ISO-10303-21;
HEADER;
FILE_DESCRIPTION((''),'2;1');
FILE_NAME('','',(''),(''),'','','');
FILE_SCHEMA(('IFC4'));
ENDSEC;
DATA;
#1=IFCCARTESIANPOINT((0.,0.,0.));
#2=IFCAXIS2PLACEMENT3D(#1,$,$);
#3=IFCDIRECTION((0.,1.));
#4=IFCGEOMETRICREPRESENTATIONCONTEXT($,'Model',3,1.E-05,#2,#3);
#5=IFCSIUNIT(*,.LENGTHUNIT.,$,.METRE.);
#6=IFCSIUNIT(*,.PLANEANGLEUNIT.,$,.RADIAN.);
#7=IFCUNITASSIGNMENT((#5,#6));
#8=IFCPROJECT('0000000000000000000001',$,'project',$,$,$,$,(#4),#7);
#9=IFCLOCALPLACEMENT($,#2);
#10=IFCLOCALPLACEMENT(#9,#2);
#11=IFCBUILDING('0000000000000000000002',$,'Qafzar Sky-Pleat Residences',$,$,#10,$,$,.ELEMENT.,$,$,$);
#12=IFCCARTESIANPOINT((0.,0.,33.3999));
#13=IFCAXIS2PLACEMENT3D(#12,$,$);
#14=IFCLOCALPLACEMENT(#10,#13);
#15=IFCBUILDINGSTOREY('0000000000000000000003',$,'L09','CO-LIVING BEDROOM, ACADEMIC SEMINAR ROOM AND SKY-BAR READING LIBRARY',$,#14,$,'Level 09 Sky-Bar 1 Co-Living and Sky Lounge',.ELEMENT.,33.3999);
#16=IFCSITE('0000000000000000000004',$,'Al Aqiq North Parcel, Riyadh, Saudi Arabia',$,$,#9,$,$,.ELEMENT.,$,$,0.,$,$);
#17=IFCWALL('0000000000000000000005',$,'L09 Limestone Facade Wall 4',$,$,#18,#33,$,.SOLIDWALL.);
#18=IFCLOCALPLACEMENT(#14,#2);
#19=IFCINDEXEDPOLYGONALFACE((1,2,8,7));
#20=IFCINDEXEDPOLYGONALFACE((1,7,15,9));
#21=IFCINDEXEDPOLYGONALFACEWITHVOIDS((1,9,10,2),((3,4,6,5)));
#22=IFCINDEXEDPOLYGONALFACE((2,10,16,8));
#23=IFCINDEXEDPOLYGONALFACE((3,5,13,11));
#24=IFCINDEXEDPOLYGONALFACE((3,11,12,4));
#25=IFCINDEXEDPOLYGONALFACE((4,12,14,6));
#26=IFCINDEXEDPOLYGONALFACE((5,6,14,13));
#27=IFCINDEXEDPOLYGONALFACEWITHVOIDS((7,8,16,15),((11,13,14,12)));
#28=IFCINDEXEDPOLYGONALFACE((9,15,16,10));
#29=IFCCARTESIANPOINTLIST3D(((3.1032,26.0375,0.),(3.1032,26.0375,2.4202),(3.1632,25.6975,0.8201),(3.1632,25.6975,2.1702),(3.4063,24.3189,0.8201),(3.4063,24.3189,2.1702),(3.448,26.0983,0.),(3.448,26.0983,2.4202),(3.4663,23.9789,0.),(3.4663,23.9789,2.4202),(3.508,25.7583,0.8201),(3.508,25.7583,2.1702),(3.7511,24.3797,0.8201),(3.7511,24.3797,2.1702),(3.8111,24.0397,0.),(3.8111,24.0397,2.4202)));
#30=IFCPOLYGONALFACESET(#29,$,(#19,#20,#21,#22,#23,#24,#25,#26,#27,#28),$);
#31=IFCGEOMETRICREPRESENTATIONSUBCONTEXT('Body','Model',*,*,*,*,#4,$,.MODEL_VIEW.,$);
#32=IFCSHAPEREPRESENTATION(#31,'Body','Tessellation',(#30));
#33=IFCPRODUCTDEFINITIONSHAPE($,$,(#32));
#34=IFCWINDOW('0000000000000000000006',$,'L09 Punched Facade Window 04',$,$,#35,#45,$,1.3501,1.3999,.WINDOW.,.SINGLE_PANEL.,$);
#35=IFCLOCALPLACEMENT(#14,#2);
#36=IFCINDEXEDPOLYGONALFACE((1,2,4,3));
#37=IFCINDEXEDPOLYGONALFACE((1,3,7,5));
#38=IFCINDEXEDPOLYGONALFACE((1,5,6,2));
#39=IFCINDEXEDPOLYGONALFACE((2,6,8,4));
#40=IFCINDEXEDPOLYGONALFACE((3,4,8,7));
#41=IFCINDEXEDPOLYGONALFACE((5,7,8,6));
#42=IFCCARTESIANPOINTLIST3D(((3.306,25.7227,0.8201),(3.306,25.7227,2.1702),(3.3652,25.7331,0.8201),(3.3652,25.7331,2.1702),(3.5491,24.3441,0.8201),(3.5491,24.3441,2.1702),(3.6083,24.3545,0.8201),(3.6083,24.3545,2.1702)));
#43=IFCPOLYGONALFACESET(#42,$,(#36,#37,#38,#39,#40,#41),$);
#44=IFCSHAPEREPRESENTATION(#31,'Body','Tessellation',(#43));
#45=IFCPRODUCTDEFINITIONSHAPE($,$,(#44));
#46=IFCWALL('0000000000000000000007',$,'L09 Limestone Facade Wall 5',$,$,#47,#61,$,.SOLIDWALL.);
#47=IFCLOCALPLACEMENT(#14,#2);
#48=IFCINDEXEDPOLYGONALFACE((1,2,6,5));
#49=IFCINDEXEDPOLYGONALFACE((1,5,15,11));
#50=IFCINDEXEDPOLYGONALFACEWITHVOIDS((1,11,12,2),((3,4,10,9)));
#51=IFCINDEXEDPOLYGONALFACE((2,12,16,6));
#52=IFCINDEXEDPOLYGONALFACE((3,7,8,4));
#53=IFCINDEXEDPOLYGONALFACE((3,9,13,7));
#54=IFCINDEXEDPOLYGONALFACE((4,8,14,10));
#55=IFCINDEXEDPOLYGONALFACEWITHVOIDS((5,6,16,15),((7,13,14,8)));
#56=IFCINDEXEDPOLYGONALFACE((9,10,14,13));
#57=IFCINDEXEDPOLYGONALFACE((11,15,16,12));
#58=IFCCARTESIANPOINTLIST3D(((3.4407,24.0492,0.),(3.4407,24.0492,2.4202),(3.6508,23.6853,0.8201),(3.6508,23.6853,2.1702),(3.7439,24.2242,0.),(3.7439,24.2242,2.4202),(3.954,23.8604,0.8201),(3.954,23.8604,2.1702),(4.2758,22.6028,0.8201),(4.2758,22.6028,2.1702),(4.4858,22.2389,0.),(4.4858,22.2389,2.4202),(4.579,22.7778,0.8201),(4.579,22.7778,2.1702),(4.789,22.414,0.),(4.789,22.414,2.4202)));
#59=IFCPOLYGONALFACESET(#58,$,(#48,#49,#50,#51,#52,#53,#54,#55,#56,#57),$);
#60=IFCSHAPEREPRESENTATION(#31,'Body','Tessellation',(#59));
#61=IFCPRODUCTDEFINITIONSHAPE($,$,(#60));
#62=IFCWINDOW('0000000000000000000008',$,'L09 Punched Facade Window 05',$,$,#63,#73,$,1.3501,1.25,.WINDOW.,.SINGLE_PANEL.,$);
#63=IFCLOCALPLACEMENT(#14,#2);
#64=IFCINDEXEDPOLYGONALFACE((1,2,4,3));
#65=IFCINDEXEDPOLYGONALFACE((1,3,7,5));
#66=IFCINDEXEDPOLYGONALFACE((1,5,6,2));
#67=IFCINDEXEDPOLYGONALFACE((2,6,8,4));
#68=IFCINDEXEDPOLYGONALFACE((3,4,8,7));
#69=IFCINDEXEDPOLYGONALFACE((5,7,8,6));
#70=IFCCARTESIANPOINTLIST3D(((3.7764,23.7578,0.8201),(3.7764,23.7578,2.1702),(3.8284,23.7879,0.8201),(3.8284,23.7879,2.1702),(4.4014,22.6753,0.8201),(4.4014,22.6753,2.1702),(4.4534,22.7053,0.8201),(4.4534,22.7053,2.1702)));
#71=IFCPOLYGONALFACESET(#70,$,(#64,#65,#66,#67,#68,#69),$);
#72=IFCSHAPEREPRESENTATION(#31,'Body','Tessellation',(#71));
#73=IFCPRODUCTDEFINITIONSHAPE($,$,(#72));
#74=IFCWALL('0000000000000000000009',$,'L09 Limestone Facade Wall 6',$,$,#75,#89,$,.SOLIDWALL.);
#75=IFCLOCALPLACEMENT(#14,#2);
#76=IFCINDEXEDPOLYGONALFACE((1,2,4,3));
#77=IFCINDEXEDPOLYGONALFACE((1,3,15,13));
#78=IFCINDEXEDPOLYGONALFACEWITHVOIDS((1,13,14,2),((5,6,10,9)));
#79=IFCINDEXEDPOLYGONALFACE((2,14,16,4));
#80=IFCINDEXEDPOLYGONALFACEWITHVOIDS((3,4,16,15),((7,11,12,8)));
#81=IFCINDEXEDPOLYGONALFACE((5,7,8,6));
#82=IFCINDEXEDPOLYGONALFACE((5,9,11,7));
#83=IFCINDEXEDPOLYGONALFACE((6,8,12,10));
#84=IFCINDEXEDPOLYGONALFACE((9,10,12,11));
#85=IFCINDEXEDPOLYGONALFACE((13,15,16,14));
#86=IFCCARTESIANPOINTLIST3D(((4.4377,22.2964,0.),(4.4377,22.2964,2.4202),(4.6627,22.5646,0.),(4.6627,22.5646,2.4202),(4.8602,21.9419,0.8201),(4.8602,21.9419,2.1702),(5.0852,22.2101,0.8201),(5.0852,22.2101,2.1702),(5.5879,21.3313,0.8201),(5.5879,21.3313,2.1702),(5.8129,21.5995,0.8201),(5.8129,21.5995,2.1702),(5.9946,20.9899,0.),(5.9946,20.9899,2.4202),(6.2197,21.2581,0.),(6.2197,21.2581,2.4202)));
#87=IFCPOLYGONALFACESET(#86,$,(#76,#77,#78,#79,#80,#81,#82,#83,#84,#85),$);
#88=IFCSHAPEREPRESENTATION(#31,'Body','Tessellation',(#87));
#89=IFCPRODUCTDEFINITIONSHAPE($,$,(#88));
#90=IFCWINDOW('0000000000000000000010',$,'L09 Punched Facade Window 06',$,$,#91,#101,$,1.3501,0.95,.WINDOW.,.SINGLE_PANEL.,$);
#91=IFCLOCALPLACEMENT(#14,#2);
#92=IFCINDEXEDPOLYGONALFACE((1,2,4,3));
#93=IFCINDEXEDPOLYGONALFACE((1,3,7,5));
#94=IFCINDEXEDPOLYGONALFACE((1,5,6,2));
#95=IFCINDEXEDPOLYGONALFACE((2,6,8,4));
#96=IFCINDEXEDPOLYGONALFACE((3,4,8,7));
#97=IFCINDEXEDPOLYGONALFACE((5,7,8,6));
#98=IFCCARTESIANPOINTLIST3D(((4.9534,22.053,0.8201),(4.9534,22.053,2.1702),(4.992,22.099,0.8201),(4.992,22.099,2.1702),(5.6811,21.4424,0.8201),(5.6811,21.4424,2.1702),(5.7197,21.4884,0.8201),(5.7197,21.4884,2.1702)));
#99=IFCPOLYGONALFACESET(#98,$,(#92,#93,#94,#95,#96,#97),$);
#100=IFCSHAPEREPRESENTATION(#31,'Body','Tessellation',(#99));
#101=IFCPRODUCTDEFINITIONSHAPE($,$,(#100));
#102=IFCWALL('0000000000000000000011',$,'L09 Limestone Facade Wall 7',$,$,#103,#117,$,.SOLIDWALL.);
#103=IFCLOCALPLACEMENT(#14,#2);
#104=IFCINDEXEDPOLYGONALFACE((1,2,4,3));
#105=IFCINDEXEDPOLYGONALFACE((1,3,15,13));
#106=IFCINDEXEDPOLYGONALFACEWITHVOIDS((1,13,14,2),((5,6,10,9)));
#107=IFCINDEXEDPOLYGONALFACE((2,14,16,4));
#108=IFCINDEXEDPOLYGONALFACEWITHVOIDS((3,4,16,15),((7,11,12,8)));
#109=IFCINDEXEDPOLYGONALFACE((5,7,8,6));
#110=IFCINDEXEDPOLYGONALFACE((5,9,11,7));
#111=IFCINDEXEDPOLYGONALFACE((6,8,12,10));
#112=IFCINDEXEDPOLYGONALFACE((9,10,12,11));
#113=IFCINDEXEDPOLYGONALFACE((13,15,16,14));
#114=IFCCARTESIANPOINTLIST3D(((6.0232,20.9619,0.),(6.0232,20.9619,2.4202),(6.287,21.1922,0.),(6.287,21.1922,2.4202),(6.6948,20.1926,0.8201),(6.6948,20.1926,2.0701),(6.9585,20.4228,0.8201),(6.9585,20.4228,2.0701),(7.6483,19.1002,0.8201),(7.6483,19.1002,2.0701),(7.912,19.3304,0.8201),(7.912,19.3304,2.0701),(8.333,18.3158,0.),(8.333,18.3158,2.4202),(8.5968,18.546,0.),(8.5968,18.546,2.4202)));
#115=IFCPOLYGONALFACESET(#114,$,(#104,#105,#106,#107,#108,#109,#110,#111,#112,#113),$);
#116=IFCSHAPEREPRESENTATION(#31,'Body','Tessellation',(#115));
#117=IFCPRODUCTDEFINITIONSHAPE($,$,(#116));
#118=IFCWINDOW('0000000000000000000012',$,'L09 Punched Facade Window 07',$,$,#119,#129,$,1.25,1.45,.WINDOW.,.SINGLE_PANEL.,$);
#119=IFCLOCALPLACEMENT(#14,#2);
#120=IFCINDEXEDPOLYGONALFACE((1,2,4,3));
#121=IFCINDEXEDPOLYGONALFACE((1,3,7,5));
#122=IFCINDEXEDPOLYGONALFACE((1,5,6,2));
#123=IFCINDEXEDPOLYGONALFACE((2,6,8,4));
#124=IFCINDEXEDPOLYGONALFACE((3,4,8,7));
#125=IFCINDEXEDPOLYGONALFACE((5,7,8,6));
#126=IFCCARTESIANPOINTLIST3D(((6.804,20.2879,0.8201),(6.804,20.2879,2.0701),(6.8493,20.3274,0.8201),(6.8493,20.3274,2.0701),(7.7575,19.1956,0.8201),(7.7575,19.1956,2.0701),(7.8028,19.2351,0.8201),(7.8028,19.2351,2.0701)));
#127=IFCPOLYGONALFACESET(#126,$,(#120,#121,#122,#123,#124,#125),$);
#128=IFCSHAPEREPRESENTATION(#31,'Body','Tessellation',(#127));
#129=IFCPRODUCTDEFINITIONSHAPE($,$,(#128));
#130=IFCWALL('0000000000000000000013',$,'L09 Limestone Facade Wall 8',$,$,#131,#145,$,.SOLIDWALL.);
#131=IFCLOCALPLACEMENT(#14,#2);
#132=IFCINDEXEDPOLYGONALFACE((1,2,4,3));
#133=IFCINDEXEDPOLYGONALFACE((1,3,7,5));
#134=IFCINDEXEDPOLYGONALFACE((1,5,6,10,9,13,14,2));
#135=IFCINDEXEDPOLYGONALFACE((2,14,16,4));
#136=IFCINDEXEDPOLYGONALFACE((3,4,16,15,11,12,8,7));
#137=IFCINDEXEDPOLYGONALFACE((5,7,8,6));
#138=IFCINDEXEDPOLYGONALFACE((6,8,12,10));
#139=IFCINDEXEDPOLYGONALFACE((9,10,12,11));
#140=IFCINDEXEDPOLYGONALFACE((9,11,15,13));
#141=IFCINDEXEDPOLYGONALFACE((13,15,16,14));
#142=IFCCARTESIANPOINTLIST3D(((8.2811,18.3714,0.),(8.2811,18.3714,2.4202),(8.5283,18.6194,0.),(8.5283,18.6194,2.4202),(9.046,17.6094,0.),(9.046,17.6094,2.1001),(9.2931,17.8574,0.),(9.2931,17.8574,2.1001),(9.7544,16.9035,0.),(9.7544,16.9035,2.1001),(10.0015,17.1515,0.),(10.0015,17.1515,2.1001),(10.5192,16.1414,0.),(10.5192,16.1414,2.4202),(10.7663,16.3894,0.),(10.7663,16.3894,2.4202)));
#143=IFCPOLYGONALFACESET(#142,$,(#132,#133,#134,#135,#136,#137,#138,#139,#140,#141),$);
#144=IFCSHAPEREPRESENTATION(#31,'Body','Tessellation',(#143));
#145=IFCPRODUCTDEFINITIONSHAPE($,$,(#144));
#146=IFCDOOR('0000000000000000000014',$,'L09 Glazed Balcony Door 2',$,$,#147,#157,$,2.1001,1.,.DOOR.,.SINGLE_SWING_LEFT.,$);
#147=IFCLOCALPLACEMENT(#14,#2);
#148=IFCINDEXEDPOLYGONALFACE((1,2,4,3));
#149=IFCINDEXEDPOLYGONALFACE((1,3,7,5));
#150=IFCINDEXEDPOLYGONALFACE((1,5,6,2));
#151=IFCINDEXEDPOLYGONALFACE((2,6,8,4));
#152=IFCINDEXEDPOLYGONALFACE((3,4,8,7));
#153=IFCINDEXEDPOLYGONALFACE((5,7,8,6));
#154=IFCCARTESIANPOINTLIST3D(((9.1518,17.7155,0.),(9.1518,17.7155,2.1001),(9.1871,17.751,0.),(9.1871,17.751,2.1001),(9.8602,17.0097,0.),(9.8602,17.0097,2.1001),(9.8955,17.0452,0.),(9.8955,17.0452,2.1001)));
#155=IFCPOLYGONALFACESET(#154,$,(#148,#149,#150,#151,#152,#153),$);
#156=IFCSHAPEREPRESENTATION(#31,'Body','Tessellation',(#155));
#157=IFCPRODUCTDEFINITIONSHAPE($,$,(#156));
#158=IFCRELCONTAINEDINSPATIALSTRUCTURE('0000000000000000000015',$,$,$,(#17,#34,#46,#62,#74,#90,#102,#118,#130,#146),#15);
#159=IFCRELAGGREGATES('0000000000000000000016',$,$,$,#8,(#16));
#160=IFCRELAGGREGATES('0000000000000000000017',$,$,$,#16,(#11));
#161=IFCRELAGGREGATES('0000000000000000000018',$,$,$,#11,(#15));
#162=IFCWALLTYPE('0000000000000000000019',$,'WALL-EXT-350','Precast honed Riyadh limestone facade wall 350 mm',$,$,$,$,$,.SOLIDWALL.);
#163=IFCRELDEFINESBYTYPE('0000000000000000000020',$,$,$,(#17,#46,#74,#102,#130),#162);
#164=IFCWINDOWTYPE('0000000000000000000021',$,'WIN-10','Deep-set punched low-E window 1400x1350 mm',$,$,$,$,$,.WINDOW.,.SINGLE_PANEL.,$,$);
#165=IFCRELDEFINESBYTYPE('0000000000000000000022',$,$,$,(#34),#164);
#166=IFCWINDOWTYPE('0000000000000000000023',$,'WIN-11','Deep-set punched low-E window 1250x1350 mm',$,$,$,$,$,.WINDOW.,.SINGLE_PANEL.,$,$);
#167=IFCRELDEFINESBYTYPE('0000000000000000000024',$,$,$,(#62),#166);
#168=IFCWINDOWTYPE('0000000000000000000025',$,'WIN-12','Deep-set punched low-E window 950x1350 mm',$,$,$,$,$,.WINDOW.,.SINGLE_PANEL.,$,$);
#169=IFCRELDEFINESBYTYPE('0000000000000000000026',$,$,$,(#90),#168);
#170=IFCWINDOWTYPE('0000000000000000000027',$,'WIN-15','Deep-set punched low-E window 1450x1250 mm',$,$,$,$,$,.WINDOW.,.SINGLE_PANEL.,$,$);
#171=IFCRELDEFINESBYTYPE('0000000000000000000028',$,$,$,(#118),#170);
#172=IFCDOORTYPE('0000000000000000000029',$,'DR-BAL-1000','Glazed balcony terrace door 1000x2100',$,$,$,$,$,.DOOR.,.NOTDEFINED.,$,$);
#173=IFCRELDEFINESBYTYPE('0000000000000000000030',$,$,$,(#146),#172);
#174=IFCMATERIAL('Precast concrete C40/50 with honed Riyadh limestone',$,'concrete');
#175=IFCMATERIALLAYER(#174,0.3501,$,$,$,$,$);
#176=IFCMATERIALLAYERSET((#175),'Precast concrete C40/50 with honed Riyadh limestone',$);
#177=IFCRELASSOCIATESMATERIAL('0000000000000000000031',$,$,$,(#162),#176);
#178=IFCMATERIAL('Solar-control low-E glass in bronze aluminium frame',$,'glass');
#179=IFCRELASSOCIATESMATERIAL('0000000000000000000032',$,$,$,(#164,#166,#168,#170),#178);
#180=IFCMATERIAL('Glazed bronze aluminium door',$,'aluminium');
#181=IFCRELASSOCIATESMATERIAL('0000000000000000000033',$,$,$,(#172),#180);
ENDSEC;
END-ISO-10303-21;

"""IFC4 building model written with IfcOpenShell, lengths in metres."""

from ifc_helpers import new_model, si_unit, direction, frame, frame_2d, origin, place, context, subcontext, project, spatial, rectangle, extrude, source, transform, mapped, material, layer, layer_set, type_object, element, fill, save


model = new_model("IFC4")

# Units and contexts
model_context = context("Model", 3, precision=1e-05, world=origin(), true_north=direction((0.0, 1.0)))
body_context = subcontext(model_context, "Body", "Model", "MODEL_VIEW")
ifc_project = project(units=[si_unit("LENGTHUNIT", "METRE"), si_unit("PLANEANGLEUNIT", "RADIAN")], contexts=[model_context])

# Site, building, storey
site_placement = place(None, origin())
site = spatial("IfcSite", under=ifc_project, at=site_placement, Name="Al Aqiq North Parcel, Riyadh, Saudi Arabia", CompositionType="ELEMENT", RefElevation=0.0)
building_placement = place(site_placement, origin())
building = spatial("IfcBuilding", under=site, at=building_placement, Name="Qafzar Sky-Pleat Residences", CompositionType="ELEMENT")
storey_placement = place(building_placement, frame((0.0, 0.0, 33.3999)))
storey = spatial("IfcBuildingStorey", under=building, at=storey_placement, Name="L09", Description="CO-LIVING BEDROOM, ACADEMIC SEMINAR ROOM AND SKY-BAR READING LIBRARY", LongName="Level 09 Sky-Bar 1 Co-Living and Sky Lounge", CompositionType="ELEMENT", Elevation=33.3999)

# Walls, openings, windows
ifc_material_1 = material(Name="Precast concrete C40/50 with honed Riyadh limestone", Category="concrete")
ifc_layer_1 = layer(ifc_material_1, 0.3501)
ifc_layer_set_1 = layer_set([ifc_layer_1], Name="Precast concrete C40/50 with honed Riyadh limestone")
wall_type_1 = type_object("IfcWallType", Name="WALL-EXT-350", Description="Precast honed Riyadh limestone facade wall 350 mm", PredefinedType="SOLIDWALL", material=ifc_layer_set_1)
wall_1_placement = place(storey_placement, frame((3.2756, 26.0679, 0.0), z_axis=(0.0, 0.0, 1.0), x_axis=(0.173672, -0.984804, 0.0)))
wall_1 = element("IfcWall", 1, at=wall_1_placement, inside=storey, type_object=wall_type_1, Name="L09 Limestone Facade Wall 4", PredefinedType="SOLIDWALL", context=body_context, shape_type="SweptSolid", body=[
    extrude(rectangle(XDim=2.0903, YDim=0.3501, at=frame_2d((1.0452, 0.0))), origin(), (0.0, 0.0, 1.0), 2.4202),
])
opening_1_placement = place(wall_1_placement, frame((0.3452, 0.0, 0.8201)))
opening_1 = element("IfcOpeningElement", 2, at=opening_1_placement, cuts=wall_1, PredefinedType="OPENING", context=body_context, shape_type="SweptSolid", body=[
    extrude(rectangle(XDim=1.3999, YDim=1.3501, at=frame_2d((0.7, 0.675))), frame((0.0, 0.1851, 0.0), z_axis=(0.0, -1.0, 0.0), x_axis=(1.0, 0.0, 0.0)), (0.0, 0.0, 1.0), 0.3701),
])
ifc_material_2 = material(Name="Solar-control low-E glass in bronze aluminium frame", Category="glass")
window_type_1 = type_object("IfcWindowType", Name="WIN-10", Description="Deep-set punched low-E window 1400x1350 mm", PartitioningType="SINGLE_PANEL", PredefinedType="WINDOW", material=ifc_material_2)
shared_shape_1 = source(origin(), body_context, "Body", "SweptSolid", [
    extrude(rectangle(XDim=1.3999, YDim=1.3501, at=frame_2d((0.7, 0.675))), frame((0.0, 0.03, 0.0), z_axis=(0.0, -1.0, 0.0), x_axis=(1.0, 0.0, 0.0)), (0.0, 0.0, 1.0), 0.0601),
])
window_1_placement = place(opening_1_placement, origin())
window_1 = element("IfcWindow", 3, at=window_1_placement, inside=storey, type_object=window_type_1, Name="L09 Punched Facade Window 04", OverallHeight=1.3501, OverallWidth=1.3999, PartitioningType="SINGLE_PANEL", PredefinedType="WINDOW", context=body_context, shape_type="MappedRepresentation", body=[
    mapped(shared_shape_1, transform((0.0, 0.0, 0.0), x_axis=(1.0, 0.0, 0.0), y_axis=(0.0, 1.0, 0.0), z_axis=(0.0, 0.0, 1.0), scale=1.0)),
])
fill(opening_1, window_1)
wall_2_placement = place(storey_placement, frame((3.5923, 24.1367, 0.0), z_axis=(0.0, 0.0, 1.0), x_axis=(0.499995, -0.866028, 0.0)))
wall_2 = element("IfcWall", 4, at=wall_2_placement, inside=storey, type_object=wall_type_1, Name="L09 Limestone Facade Wall 5", PredefinedType="SOLIDWALL", context=body_context, shape_type="SweptSolid", body=[
    extrude(rectangle(XDim=2.0903, YDim=0.3501, at=frame_2d((1.0452, 0.0))), origin(), (0.0, 0.0, 1.0), 2.4202),
])
opening_2_placement = place(wall_2_placement, frame((0.4202, 0.0, 0.8201)))
opening_2 = element("IfcOpeningElement", 5, at=opening_2_placement, cuts=wall_2, PredefinedType="OPENING", context=body_context, shape_type="SweptSolid", body=[
    extrude(rectangle(XDim=1.25, YDim=1.3501, at=frame_2d((0.625, 0.675))), frame((0.0, 0.1851, 0.0), z_axis=(0.0, -1.0, 0.0), x_axis=(1.0, 0.0, 0.0)), (0.0, 0.0, 1.0), 0.3701),
])
window_type_2 = type_object("IfcWindowType", Name="WIN-11", Description="Deep-set punched low-E window 1250x1350 mm", PartitioningType="SINGLE_PANEL", PredefinedType="WINDOW", material=ifc_material_2)
shared_shape_2 = source(origin(), body_context, "Body", "SweptSolid", [
    extrude(rectangle(XDim=1.25, YDim=1.3501, at=frame_2d((0.625, 0.675))), frame((0.0, 0.03, 0.0), z_axis=(0.0, -1.0, 0.0), x_axis=(1.0, 0.0, 0.0)), (0.0, 0.0, 1.0), 0.0601),
])
window_2_placement = place(opening_2_placement, origin())
window_2 = element("IfcWindow", 6, at=window_2_placement, inside=storey, type_object=window_type_2, Name="L09 Punched Facade Window 05", OverallHeight=1.3501, OverallWidth=1.25, PartitioningType="SINGLE_PANEL", PredefinedType="WINDOW", context=body_context, shape_type="MappedRepresentation", body=[
    mapped(shared_shape_2, transform((0.0, 0.0, 0.0), x_axis=(1.0, 0.0, 0.0), y_axis=(0.0, 1.0, 0.0), z_axis=(0.0, 0.0, 1.0), scale=1.0)),
])
fill(opening_2, window_2)
wall_3_placement = place(storey_placement, frame((4.5503, 22.4304, 0.0), z_axis=(0.0, 0.0, 1.0), x_axis=(0.766041, -0.642792, 0.0)))
wall_3 = element("IfcWall", 7, at=wall_3_placement, inside=storey, type_object=wall_type_1, Name="L09 Limestone Facade Wall 6", PredefinedType="SOLIDWALL", context=body_context, shape_type="SweptSolid", body=[
    extrude(rectangle(XDim=2.0325, YDim=0.3501, at=frame_2d((1.0161, 0.0))), origin(), (0.0, 0.0, 1.0), 2.4202),
])
opening_3_placement = place(wall_3_placement, frame((0.5513, 0.0, 0.8201)))
opening_3 = element("IfcOpeningElement", 8, at=opening_3_placement, cuts=wall_3, PredefinedType="OPENING", context=body_context, shape_type="SweptSolid", body=[
    extrude(rectangle(XDim=0.95, YDim=1.3501, at=frame_2d((0.4751, 0.675))), frame((0.0, 0.1851, 0.0), z_axis=(0.0, -1.0, 0.0), x_axis=(1.0, 0.0, 0.0)), (0.0, 0.0, 1.0), 0.3701),
])
window_type_3 = type_object("IfcWindowType", Name="WIN-12", Description="Deep-set punched low-E window 950x1350 mm", PartitioningType="SINGLE_PANEL", PredefinedType="WINDOW", material=ifc_material_2)
shared_shape_3 = source(origin(), body_context, "Body", "SweptSolid", [
    extrude(rectangle(XDim=0.95, YDim=1.3501, at=frame_2d((0.4751, 0.675))), frame((0.0, 0.03, 0.0), z_axis=(0.0, -1.0, 0.0), x_axis=(1.0, 0.0, 0.0)), (0.0, 0.0, 1.0), 0.0601),
])
window_3_placement = place(opening_3_placement, origin())
window_3 = element("IfcWindow", 9, at=window_3_placement, inside=storey, type_object=window_type_3, Name="L09 Punched Facade Window 06", OverallHeight=1.3501, OverallWidth=0.95, PartitioningType="SINGLE_PANEL", PredefinedType="WINDOW", context=body_context, shape_type="MappedRepresentation", body=[
    mapped(shared_shape_3, transform((0.0, 0.0, 0.0), x_axis=(1.0, 0.0, 0.0), y_axis=(0.0, 1.0, 0.0), z_axis=(0.0, 0.0, 1.0), scale=1.0)),
])
fill(opening_3, window_3)
wall_4_placement = place(storey_placement, frame((6.155, 21.0771, 0.0), z_axis=(0.0, 0.0, 1.0), x_axis=(0.657594, -0.753373, 0.0)))
wall_4 = element("IfcWall", 10, at=wall_4_placement, inside=storey, type_object=wall_type_1, Name="L09 Limestone Facade Wall 7", PredefinedType="SOLIDWALL", context=body_context, shape_type="SweptSolid", body=[
    extrude(rectangle(XDim=3.5125, YDim=0.3501, at=frame_2d((1.7563, 0.0))), origin(), (0.0, 0.0, 1.0), 2.4202),
])
opening_4_placement = place(wall_4_placement, frame((1.0212, 0.0, 0.8201)))
opening_4 = element("IfcOpeningElement", 11, at=opening_4_placement, cuts=wall_4, PredefinedType="OPENING", context=body_context, shape_type="SweptSolid", body=[
    extrude(rectangle(XDim=1.45, YDim=1.25, at=frame_2d((0.7251, 0.625))), frame((0.0, 0.1851, 0.0), z_axis=(0.0, -1.0, 0.0), x_axis=(1.0, 0.0, 0.0)), (0.0, 0.0, 1.0), 0.3701),
])
window_type_4 = type_object("IfcWindowType", Name="WIN-15", Description="Deep-set punched low-E window 1450x1250 mm", PartitioningType="SINGLE_PANEL", PredefinedType="WINDOW", material=ifc_material_2)
shared_shape_4 = source(origin(), body_context, "Body", "SweptSolid", [
    extrude(rectangle(XDim=1.45, YDim=1.25, at=frame_2d((0.7251, 0.625))), frame((0.0, 0.03, 0.0), z_axis=(0.0, -1.0, 0.0), x_axis=(1.0, 0.0, 0.0)), (0.0, 0.0, 1.0), 0.0601),
])
window_4_placement = place(opening_4_placement, origin())
window_4 = element("IfcWindow", 12, at=window_4_placement, inside=storey, type_object=window_type_4, Name="L09 Punched Facade Window 07", OverallHeight=1.25, OverallWidth=1.45, PartitioningType="SINGLE_PANEL", PredefinedType="WINDOW", context=body_context, shape_type="MappedRepresentation", body=[
    mapped(shared_shape_4, transform((0.0, 0.0, 0.0), x_axis=(1.0, 0.0, 0.0), y_axis=(0.0, 1.0, 0.0), z_axis=(0.0, 0.0, 1.0), scale=1.0)),
])
fill(opening_4, window_4)

# Wall, opening, door
wall_5_placement = place(storey_placement, frame((8.4048, 18.4954, 0.0), z_axis=(0.0, 0.0, 1.0), x_axis=(0.708381, -0.705831, 0.0)))
wall_5 = element("IfcWall", 13, at=wall_5_placement, inside=storey, type_object=wall_type_1, Name="L09 Limestone Facade Wall 8", PredefinedType="SOLIDWALL", context=body_context, shape_type="SweptSolid", body=[
    extrude(rectangle(XDim=3.1594, YDim=0.3501, at=frame_2d((1.5796, 0.0))), origin(), (0.0, 0.0, 1.0), 2.4202),
])
opening_5_placement = place(wall_5_placement, frame((1.0796, 0.0, 0.0)))
opening_5 = element("IfcOpeningElement", 14, at=opening_5_placement, cuts=wall_5, PredefinedType="OPENING", context=body_context, shape_type="SweptSolid", body=[
    extrude(rectangle(XDim=1.0, YDim=2.1001, at=frame_2d((0.5, 1.05))), frame((0.0, 0.1851, 0.0), z_axis=(0.0, -1.0, 0.0), x_axis=(1.0, 0.0, 0.0)), (0.0, 0.0, 1.0), 0.3701),
])
ifc_material_3 = material(Name="Glazed bronze aluminium door", Category="aluminium")
door_type = type_object("IfcDoorType", Name="DR-BAL-1000", Description="Glazed balcony terrace door 1000x2100", OperationType="NOTDEFINED", PredefinedType="DOOR", material=ifc_material_3)
shared_shape_5 = source(origin(), body_context, "Body", "SweptSolid", [
    extrude(rectangle(XDim=1.0, YDim=2.1001, at=frame_2d((0.5, 1.05))), frame((0.0, 0.0249, 0.0), z_axis=(0.0, -1.0, 0.0), x_axis=(1.0, 0.0, 0.0)), (0.0, 0.0, 1.0), 0.05),
])
door_placement = place(opening_5_placement, origin())
door = element("IfcDoor", 15, at=door_placement, inside=storey, type_object=door_type, Name="L09 Glazed Balcony Door 2", OperationType="SINGLE_SWING_LEFT", OverallHeight=2.1001, OverallWidth=1.0, PredefinedType="DOOR", context=body_context, shape_type="MappedRepresentation", body=[
    mapped(shared_shape_5, transform((0.0, 0.0, 0.0), x_axis=(1.0, 0.0, 0.0), y_axis=(0.0, 1.0, 0.0), z_axis=(0.0, 0.0, 1.0), scale=1.0)),
])
fill(opening_5, door)

save(model, "model.ifc")
